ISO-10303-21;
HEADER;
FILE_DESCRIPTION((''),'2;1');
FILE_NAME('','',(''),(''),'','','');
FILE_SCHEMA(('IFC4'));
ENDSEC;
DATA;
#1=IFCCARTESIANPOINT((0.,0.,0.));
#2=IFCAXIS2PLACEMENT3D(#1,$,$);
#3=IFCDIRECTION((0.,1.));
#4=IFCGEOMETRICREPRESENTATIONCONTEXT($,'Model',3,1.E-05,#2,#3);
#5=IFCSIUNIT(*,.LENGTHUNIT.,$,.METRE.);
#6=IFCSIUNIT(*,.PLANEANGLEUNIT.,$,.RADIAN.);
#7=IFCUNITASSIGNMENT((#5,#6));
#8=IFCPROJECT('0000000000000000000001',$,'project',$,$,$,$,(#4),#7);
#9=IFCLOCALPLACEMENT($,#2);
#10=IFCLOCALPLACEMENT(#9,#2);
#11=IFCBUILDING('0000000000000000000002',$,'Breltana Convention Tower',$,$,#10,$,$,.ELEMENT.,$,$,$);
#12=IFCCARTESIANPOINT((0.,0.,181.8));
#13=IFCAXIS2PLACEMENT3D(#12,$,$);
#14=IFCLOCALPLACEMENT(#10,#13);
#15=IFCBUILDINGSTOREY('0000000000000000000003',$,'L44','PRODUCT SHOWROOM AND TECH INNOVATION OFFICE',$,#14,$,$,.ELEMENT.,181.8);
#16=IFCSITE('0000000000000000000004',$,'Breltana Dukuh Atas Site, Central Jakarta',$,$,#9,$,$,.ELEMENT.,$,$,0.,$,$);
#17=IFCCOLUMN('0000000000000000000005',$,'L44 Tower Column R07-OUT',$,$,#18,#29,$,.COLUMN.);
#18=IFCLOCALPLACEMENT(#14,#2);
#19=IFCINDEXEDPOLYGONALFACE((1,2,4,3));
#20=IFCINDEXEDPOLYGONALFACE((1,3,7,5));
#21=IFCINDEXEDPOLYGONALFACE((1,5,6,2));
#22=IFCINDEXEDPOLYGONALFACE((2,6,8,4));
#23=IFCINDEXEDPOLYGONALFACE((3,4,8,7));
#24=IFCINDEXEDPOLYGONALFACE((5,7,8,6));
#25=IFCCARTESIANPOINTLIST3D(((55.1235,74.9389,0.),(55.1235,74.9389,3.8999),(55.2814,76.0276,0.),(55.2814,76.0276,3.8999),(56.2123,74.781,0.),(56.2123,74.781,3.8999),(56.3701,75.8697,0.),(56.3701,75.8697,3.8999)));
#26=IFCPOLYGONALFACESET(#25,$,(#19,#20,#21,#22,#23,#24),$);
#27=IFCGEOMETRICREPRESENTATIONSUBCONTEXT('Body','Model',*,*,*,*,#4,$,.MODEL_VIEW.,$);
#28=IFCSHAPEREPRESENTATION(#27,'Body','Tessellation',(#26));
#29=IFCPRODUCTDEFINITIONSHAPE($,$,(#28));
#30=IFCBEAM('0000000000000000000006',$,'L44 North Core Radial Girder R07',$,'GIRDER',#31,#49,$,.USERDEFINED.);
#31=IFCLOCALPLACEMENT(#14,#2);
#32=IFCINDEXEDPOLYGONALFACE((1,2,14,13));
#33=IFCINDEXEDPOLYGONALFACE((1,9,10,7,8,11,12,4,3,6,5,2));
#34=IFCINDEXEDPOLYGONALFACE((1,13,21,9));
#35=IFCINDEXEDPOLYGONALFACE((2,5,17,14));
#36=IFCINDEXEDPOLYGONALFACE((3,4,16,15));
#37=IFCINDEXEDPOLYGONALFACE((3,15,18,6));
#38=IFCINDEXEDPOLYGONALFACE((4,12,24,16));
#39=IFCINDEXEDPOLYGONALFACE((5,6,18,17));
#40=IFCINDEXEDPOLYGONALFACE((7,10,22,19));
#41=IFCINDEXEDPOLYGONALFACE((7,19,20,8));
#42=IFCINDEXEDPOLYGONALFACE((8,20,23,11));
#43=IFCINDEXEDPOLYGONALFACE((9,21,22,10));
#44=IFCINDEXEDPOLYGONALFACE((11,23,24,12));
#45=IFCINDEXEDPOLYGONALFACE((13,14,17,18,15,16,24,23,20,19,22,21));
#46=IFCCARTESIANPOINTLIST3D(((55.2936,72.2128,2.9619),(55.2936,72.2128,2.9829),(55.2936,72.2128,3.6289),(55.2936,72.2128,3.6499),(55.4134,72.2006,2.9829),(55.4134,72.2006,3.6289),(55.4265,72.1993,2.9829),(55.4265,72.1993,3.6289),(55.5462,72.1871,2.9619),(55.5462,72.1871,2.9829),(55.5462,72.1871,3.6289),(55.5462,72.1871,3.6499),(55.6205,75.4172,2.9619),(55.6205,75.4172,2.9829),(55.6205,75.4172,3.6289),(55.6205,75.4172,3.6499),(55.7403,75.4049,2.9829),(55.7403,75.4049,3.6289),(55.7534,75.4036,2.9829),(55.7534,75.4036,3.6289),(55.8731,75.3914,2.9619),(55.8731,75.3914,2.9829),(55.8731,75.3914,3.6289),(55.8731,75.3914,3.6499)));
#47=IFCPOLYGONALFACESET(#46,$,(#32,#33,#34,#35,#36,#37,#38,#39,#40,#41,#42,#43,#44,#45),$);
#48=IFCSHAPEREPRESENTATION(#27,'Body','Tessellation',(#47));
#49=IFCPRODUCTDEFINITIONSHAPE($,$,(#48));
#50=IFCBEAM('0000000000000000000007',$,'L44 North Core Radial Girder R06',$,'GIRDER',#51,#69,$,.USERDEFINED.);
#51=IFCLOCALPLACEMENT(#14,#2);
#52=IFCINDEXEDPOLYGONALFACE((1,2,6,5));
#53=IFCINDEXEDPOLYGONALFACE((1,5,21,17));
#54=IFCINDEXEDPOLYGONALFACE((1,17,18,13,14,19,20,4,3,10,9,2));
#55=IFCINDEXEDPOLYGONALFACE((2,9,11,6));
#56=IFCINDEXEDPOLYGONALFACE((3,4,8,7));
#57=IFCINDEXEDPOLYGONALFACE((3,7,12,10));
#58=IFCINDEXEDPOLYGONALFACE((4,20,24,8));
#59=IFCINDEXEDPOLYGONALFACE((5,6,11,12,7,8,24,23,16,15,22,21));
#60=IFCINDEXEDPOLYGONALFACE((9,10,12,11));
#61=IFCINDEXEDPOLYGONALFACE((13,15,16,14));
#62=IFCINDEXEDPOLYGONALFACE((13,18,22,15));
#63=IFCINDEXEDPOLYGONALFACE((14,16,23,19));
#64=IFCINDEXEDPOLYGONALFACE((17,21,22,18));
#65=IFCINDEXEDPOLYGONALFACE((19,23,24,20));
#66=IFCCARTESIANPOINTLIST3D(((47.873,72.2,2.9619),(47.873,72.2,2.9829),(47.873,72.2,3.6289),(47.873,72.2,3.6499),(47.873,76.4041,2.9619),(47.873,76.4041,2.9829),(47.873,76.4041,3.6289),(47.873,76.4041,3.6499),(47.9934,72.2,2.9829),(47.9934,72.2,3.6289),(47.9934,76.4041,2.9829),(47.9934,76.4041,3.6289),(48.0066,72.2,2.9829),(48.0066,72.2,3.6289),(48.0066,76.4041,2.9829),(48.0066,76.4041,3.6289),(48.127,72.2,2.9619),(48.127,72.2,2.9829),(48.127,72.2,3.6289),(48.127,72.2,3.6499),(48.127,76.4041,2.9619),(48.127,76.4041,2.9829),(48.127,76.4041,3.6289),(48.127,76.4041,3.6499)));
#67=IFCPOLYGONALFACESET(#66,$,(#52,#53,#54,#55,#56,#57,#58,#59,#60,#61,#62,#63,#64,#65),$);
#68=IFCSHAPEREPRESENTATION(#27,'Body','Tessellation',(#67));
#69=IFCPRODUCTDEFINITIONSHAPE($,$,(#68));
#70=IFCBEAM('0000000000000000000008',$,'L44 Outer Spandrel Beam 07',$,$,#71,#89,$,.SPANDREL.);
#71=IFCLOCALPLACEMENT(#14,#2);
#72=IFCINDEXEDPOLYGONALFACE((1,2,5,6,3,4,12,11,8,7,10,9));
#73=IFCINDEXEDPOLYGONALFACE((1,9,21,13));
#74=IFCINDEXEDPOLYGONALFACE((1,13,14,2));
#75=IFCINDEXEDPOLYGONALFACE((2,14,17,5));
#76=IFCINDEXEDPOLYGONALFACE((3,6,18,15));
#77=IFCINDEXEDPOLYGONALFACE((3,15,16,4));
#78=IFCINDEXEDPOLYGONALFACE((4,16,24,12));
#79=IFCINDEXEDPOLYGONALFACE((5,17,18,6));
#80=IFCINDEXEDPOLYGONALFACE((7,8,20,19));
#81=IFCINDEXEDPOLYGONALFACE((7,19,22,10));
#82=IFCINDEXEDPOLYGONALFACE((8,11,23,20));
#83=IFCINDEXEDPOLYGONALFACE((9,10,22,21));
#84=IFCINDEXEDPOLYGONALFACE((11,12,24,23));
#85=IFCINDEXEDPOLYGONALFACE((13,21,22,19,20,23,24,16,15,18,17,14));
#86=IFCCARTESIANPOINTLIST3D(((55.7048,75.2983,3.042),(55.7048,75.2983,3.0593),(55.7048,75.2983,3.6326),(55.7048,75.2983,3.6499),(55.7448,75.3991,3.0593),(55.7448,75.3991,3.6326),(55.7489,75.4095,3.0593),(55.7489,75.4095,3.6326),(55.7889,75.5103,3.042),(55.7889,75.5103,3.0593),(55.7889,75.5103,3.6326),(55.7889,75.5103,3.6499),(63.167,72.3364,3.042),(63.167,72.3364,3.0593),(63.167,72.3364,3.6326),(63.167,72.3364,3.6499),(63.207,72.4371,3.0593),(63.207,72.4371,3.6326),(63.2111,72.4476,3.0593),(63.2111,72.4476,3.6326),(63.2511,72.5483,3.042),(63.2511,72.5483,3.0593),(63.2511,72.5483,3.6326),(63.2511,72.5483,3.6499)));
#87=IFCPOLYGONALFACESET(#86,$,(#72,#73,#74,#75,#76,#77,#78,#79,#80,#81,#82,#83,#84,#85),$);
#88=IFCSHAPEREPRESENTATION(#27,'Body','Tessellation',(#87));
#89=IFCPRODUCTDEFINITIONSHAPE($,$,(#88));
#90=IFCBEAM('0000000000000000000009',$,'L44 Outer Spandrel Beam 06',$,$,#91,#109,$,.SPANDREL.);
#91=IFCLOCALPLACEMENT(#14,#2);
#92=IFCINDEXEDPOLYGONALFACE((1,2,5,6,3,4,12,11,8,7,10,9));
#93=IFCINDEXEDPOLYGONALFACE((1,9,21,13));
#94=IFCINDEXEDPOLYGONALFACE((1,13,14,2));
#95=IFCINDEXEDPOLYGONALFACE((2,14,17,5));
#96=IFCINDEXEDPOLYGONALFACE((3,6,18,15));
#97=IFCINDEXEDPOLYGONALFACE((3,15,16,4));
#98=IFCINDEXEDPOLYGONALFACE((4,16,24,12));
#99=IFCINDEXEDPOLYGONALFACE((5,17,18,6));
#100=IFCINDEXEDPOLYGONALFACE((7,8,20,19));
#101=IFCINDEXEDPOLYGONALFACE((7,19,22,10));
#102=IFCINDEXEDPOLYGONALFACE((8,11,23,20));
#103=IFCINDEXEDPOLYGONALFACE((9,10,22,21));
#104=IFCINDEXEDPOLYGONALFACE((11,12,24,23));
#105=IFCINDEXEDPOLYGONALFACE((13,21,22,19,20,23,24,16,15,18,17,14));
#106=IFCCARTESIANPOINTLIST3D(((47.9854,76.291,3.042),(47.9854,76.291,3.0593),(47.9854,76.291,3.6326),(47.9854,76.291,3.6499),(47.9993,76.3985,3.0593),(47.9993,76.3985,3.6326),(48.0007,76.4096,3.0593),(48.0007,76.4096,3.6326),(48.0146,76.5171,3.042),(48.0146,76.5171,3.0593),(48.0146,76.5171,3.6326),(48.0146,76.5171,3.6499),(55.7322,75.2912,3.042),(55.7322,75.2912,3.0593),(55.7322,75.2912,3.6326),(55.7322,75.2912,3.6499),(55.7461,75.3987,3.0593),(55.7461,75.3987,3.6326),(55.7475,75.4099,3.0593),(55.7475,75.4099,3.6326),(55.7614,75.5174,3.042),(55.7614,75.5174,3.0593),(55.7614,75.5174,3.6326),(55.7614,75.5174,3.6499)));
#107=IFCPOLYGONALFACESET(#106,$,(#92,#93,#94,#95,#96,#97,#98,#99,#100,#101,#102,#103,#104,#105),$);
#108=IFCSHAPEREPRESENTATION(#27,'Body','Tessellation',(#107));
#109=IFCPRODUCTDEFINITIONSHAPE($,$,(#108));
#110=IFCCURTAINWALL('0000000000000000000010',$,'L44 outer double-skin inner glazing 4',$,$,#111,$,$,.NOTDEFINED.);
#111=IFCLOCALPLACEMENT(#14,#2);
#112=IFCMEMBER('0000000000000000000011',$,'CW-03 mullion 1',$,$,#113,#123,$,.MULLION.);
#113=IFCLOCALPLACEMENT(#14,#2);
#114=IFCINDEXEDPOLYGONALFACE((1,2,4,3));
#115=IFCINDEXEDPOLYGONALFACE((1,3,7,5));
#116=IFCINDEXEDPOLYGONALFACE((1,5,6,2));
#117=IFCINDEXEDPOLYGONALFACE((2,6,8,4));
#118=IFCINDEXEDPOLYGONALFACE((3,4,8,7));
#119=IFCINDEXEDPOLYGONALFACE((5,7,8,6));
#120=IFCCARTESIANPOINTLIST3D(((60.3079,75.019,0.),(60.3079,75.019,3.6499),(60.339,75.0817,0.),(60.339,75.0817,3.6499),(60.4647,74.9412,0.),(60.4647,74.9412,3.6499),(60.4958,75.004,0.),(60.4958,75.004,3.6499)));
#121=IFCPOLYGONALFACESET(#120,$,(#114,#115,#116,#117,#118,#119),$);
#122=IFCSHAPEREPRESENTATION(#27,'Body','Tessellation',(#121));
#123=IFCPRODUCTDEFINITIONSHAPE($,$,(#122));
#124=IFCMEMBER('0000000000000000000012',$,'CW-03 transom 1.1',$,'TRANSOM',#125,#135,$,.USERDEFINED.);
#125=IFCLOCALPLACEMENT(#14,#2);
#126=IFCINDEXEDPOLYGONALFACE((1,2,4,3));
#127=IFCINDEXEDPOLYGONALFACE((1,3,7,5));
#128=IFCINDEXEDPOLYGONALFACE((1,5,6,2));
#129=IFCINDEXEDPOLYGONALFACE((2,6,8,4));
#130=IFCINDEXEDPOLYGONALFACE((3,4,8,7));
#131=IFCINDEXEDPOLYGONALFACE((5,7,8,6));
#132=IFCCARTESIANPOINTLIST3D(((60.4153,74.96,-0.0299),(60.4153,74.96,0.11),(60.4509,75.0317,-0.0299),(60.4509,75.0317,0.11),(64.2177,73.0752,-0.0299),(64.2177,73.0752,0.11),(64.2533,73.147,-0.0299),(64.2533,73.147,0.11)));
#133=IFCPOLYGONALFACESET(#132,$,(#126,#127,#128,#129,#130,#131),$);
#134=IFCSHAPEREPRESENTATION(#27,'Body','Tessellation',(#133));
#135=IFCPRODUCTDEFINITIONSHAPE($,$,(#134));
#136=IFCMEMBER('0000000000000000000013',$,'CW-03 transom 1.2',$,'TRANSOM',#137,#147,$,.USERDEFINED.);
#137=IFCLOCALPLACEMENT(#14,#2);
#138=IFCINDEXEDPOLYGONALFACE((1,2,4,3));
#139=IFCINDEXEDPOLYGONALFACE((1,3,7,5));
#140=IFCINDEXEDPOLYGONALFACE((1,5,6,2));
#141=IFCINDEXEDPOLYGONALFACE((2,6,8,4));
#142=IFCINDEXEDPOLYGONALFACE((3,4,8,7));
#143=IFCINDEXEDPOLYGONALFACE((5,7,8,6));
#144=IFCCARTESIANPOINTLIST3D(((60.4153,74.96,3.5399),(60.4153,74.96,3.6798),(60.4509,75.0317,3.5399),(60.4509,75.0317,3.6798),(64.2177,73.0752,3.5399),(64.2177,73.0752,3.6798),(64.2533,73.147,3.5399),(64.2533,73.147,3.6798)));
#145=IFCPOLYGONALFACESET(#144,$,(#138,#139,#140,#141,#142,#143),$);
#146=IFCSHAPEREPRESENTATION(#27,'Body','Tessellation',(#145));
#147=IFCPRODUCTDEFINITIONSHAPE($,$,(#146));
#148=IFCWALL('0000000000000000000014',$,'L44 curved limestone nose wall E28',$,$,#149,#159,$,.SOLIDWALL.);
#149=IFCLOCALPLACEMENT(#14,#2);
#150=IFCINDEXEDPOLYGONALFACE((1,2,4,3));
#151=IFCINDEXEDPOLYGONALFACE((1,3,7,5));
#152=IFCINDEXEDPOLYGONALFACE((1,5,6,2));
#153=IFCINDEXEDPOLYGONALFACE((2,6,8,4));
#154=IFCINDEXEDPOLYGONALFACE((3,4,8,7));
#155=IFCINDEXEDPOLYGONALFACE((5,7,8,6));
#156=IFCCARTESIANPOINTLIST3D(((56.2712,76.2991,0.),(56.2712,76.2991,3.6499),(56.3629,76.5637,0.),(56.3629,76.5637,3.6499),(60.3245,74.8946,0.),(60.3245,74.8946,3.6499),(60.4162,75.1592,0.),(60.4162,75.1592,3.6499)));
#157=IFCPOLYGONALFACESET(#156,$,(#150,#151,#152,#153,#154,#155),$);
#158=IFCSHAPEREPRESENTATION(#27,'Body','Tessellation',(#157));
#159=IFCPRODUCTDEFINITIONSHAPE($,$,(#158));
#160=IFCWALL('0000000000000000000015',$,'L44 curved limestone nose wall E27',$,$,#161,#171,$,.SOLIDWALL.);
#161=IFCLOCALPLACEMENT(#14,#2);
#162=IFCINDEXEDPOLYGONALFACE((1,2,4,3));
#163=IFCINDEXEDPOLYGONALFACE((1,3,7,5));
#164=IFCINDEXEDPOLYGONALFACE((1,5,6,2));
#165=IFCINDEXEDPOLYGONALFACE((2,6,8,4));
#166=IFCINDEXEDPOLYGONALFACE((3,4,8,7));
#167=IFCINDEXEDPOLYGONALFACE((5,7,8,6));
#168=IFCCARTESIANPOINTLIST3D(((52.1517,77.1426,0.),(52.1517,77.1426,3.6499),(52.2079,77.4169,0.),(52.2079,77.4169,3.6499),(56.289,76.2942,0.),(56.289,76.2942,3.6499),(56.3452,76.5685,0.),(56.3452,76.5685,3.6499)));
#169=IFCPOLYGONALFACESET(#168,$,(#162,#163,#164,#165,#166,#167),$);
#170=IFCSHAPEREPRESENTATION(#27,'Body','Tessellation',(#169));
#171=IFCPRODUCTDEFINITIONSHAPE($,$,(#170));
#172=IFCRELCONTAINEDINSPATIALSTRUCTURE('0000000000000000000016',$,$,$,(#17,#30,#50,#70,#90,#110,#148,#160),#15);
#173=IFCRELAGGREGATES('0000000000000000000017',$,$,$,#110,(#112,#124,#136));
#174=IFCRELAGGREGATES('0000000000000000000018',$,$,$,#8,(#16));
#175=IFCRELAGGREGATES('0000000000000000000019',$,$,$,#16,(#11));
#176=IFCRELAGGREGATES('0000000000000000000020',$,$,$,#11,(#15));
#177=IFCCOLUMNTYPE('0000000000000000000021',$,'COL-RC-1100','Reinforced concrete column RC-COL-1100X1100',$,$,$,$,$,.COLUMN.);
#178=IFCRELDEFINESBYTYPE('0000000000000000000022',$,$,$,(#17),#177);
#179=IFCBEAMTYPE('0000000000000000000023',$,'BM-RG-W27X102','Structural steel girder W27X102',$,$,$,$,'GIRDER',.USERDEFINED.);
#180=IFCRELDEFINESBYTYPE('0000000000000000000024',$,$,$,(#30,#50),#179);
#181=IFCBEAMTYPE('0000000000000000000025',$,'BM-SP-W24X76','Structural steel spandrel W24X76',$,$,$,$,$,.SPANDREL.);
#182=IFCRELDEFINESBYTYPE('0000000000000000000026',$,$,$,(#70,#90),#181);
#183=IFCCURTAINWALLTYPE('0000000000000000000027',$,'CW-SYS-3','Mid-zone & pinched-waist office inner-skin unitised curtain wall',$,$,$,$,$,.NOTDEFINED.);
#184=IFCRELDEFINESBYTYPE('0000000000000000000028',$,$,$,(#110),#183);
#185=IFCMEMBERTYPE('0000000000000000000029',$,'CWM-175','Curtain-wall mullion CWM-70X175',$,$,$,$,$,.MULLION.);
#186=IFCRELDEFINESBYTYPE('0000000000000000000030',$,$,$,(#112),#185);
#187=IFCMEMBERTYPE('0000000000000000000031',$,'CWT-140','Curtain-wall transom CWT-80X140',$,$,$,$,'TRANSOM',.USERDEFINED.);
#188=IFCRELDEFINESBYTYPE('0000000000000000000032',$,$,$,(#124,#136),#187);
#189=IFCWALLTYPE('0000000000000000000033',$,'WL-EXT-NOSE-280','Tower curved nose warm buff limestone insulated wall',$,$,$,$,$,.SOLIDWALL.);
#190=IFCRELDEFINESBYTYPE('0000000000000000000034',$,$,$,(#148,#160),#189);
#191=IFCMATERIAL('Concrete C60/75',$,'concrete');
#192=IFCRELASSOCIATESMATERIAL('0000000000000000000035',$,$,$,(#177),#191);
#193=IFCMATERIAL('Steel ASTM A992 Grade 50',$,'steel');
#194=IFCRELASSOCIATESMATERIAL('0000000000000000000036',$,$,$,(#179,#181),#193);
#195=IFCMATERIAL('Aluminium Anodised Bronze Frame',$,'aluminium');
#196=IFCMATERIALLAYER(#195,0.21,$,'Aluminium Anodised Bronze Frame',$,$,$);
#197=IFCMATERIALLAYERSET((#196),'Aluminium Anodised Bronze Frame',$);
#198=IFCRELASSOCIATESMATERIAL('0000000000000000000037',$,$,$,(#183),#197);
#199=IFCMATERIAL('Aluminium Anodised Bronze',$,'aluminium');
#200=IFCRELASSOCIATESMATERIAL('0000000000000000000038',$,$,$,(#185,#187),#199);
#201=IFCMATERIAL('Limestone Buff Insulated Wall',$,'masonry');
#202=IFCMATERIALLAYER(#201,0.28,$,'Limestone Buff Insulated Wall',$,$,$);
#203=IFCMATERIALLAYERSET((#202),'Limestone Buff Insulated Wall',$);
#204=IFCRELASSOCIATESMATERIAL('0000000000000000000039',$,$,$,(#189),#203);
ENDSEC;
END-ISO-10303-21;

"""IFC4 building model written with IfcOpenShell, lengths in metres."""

from ifc_helpers import new_model, si_unit, direction, frame, frame_2d, origin, origin_2d, place, context, subcontext, project, spatial, rectangle, i_section, extrude, source, transform, mapped, material, layer, layer_set, material_profile, profile_set, type_object, element, aggregate, save


model = new_model("IFC4")

# Units and contexts
model_context = context("Model", 3, precision=1e-05, world=origin(), true_north=direction((0.0, 1.0)))
body_context = subcontext(model_context, "Body", "Model", "MODEL_VIEW")
ifc_project = project(units=[si_unit("LENGTHUNIT", "METRE"), si_unit("PLANEANGLEUNIT", "RADIAN")], contexts=[model_context])

# Site, building, storey
site_placement = place(None, origin())
site = spatial("IfcSite", under=ifc_project, at=site_placement, Name="Breltana Dukuh Atas Site, Central Jakarta", CompositionType="ELEMENT", RefElevation=0.0)
building_placement = place(site_placement, origin())
building = spatial("IfcBuilding", under=site, at=building_placement, Name="Breltana Convention Tower", CompositionType="ELEMENT")
storey_placement = place(building_placement, frame((0.0, 0.0, 181.8)))
storey = spatial("IfcBuildingStorey", under=building, at=storey_placement, Name="L44", Description="PRODUCT SHOWROOM AND TECH INNOVATION OFFICE", CompositionType="ELEMENT", Elevation=181.8)

# Column
ifc_material_1 = material(Name="Concrete C60/75", Category="concrete")
ifc_material_profile_1 = material_profile(ifc_material_1, rectangle(XDim=1.1001, YDim=1.1001, at=origin_2d()), Name="RC-COL-1100X1100")
ifc_profile_set_1 = profile_set([ifc_material_profile_1], Name="Concrete C60/75")
column_type = type_object("IfcColumnType", Name="COL-RC-1100", Description="Reinforced concrete column RC-COL-1100X1100", PredefinedType="COLUMN", material=ifc_profile_set_1)
shared_shape_1 = source(origin(), body_context, "Body", "SweptSolid", [
    extrude(rectangle(XDim=1.1001, YDim=1.1001, at=origin_2d()), origin(), (0.0, 0.0, 1.0), 3.8999),
])
column_placement = place(storey_placement, frame((55.7468, 75.4043, 0.0), z_axis=(0.0, 0.0, 1.0), x_axis=(0.143493, 0.989651, 0.0)))
element("IfcColumn", 1, at=column_placement, inside=storey, type_object=column_type, Name="L44 Tower Column R07-OUT", PredefinedType="COLUMN", context=body_context, shape_type="MappedRepresentation", body=[
    mapped(shared_shape_1, transform((0.0, 0.0, 0.0), scale=1.0)),
])

# Beams
ifc_material_2 = material(Name="Steel ASTM A992 Grade 50", Category="steel")
ifc_material_profile_2 = material_profile(ifc_material_2, i_section(OverallWidth=0.2539, OverallDepth=0.688, WebThickness=0.0132, FlangeThickness=0.021, at=origin_2d()), Name="W27X102")
ifc_profile_set_2 = profile_set([ifc_material_profile_2], Name="Steel ASTM A992 Grade 50")
beam_type_1 = type_object("IfcBeamType", Name="BM-RG-W27X102", Description="Structural steel girder W27X102", ElementType="GIRDER", PredefinedType="USERDEFINED", material=ifc_profile_set_2)
shared_shape_2 = source(origin(), body_context, "Body", "SweptSolid", [
    extrude(i_section(OverallWidth=0.2539, OverallDepth=0.688, WebThickness=0.0132, FlangeThickness=0.021, at=origin_2d()), origin(), (0.0, 0.0, 1.0), 3.2209),
])
beam_1_placement = place(storey_placement, frame((55.4199, 72.2, 3.3059), z_axis=(0.101492, 0.994836, 0.0), x_axis=(-0.994836, 0.101492, 0.0)))
element("IfcBeam", 2, at=beam_1_placement, inside=storey, type_object=beam_type_1, Name="L44 North Core Radial Girder R07", ObjectType="GIRDER", PredefinedType="USERDEFINED", context=body_context, shape_type="MappedRepresentation", body=[
    mapped(shared_shape_2, transform((0.0, 0.0, 0.0), scale=1.0)),
])
shared_shape_3 = source(origin(), body_context, "Body", "SweptSolid", [
    extrude(i_section(OverallWidth=0.2539, OverallDepth=0.688, WebThickness=0.0132, FlangeThickness=0.021, at=origin_2d()), origin(), (0.0, 0.0, 1.0), 4.2041),
])
beam_2_placement = place(storey_placement, frame((48.0, 72.2, 3.3059), z_axis=(0.0, 1.0, 0.0), x_axis=(-1.0, 0.0, 0.0)))
element("IfcBeam", 3, at=beam_2_placement, inside=storey, type_object=beam_type_1, Name="L44 North Core Radial Girder R06", ObjectType="GIRDER", PredefinedType="USERDEFINED", context=body_context, shape_type="MappedRepresentation", body=[
    mapped(shared_shape_3, transform((0.0, 0.0, 0.0), scale=1.0)),
])
ifc_material_profile_3 = material_profile(ifc_material_2, i_section(OverallWidth=0.228, OverallDepth=0.6079, WebThickness=0.0112, FlangeThickness=0.0173, at=origin_2d()), Name="W24X76")
ifc_profile_set_3 = profile_set([ifc_material_profile_3], Name="Steel ASTM A992 Grade 50")
beam_type_2 = type_object("IfcBeamType", Name="BM-SP-W24X76", Description="Structural steel spandrel W24X76", PredefinedType="SPANDREL", material=ifc_profile_set_3)
shared_shape_4 = source(origin(), body_context, "Body", "SweptSolid", [
    extrude(i_section(OverallWidth=0.228, OverallDepth=0.6079, WebThickness=0.0112, FlangeThickness=0.0173, at=origin_2d()), origin(), (0.0, 0.0, 1.0), 8.0286),
])
beam_3_placement = place(storey_placement, frame((55.7468, 75.4043, 3.3459), z_axis=(0.929459, -0.368925, 0.0), x_axis=(0.368925, 0.929459, 0.0)))
element("IfcBeam", 4, at=beam_3_placement, inside=storey, type_object=beam_type_2, Name="L44 Outer Spandrel Beam 07", PredefinedType="SPANDREL", context=body_context, shape_type="MappedRepresentation", body=[
    mapped(shared_shape_4, transform((0.0, 0.0, 0.0), scale=1.0)),
])
shared_shape_5 = source(origin(), body_context, "Body", "SweptSolid", [
    extrude(i_section(OverallWidth=0.228, OverallDepth=0.6079, WebThickness=0.0112, FlangeThickness=0.0173, at=origin_2d()), origin(), (0.0, 0.0, 1.0), 7.811),
])
beam_4_placement = place(storey_placement, frame((48.0, 76.4041, 3.3459), z_axis=(0.991775, -0.127992, 0.0), x_axis=(0.127992, 0.991775, 0.0)))
element("IfcBeam", 5, at=beam_4_placement, inside=storey, type_object=beam_type_2, Name="L44 Outer Spandrel Beam 06", PredefinedType="SPANDREL", context=body_context, shape_type="MappedRepresentation", body=[
    mapped(shared_shape_5, transform((0.0, 0.0, 0.0), scale=1.0)),
])

# Curtain wall, members
ifc_material_3 = material(Name="Aluminium Anodised Bronze Frame", Category="aluminium")
ifc_layer_1 = layer(ifc_material_3, 0.21, Name="Aluminium Anodised Bronze Frame")
ifc_layer_set_1 = layer_set([ifc_layer_1], Name="Aluminium Anodised Bronze Frame")
curtain_wall_type = type_object("IfcCurtainWallType", Name="CW-SYS-3", Description="Mid-zone & pinched-waist office inner-skin unitised curtain wall", PredefinedType="NOTDEFINED", material=ifc_layer_set_1)
curtain_wall_placement = place(storey_placement, origin())
curtain_wall = element("IfcCurtainWall", 6, at=curtain_wall_placement, inside=storey, type_object=curtain_wall_type, Name="L44 outer double-skin inner glazing 4", PredefinedType="NOTDEFINED")
ifc_material_4 = material(Name="Aluminium Anodised Bronze", Category="aluminium")
ifc_material_profile_4 = material_profile(ifc_material_4, rectangle(XDim=0.0701, YDim=0.175, at=origin_2d()), Name="CWM-70X175")
ifc_profile_set_4 = profile_set([ifc_material_profile_4], Name="Aluminium Anodised Bronze")
member_type_1 = type_object("IfcMemberType", Name="CWM-175", Description="Curtain-wall mullion CWM-70X175", PredefinedType="MULLION", material=ifc_profile_set_4)
shared_shape_6 = source(origin(), body_context, "Body", "SweptSolid", [
    extrude(rectangle(XDim=0.0701, YDim=0.175, at=origin_2d()), origin(), (0.0, 0.0, 1.0), 3.6499),
])
member_1_placement = place(storey_placement, frame((60.4019, 75.0115, 0.0), z_axis=(0.0, 0.0, 1.0), x_axis=(0.444118, 0.895968, 0.0)))
member_1 = element("IfcMember", 7, at=member_1_placement, type_object=member_type_1, Name="CW-03 mullion 1", PredefinedType="MULLION", context=body_context, shape_type="MappedRepresentation", body=[
    mapped(shared_shape_6, transform((0.0, 0.0, 0.0), scale=1.0)),
])
ifc_material_profile_5 = material_profile(ifc_material_4, rectangle(XDim=0.0801, YDim=0.1399, at=origin_2d()), Name="CWT-80X140")
ifc_profile_set_5 = profile_set([ifc_material_profile_5], Name="Aluminium Anodised Bronze")
member_type_2 = type_object("IfcMemberType", Name="CWT-140", Description="Curtain-wall transom CWT-80X140", ElementType="TRANSOM", PredefinedType="USERDEFINED", material=ifc_profile_set_5)
shared_shape_7 = source(origin(), body_context, "Body", "SweptSolid", [
    extrude(rectangle(XDim=0.0801, YDim=0.1399, at=origin_2d()), origin(), (0.0, 0.0, 1.0), 4.2439),
])
member_2_placement = place(storey_placement, frame((60.4331, 74.9958, 0.04), z_axis=(0.895975, -0.444104, 0.0), x_axis=(0.444104, 0.895975, 0.0)))
member_2 = element("IfcMember", 8, at=member_2_placement, type_object=member_type_2, Name="CW-03 transom 1.1", ObjectType="TRANSOM", PredefinedType="USERDEFINED", context=body_context, shape_type="MappedRepresentation", body=[
    mapped(shared_shape_7, transform((0.0, 0.0, 0.0), scale=1.0)),
])
member_3_placement = place(storey_placement, frame((60.4331, 74.9958, 3.6099), z_axis=(0.895975, -0.444104, 0.0), x_axis=(0.444104, 0.895975, 0.0)))
member_3 = element("IfcMember", 9, at=member_3_placement, type_object=member_type_2, Name="CW-03 transom 1.2", ObjectType="TRANSOM", PredefinedType="USERDEFINED", context=body_context, shape_type="MappedRepresentation", body=[
    mapped(shared_shape_7, transform((0.0, 0.0, 0.0), scale=1.0)),
])
aggregate(curtain_wall, [member_1, member_2, member_3])

# Walls
ifc_material_5 = material(Name="Limestone Buff Insulated Wall", Category="masonry")
ifc_layer_2 = layer(ifc_material_5, 0.28, Name="Limestone Buff Insulated Wall")
ifc_layer_set_2 = layer_set([ifc_layer_2], Name="Limestone Buff Insulated Wall")
wall_type_1 = type_object("IfcWallType", Name="WL-EXT-NOSE-280", Description="Tower curved nose warm buff limestone insulated wall", PredefinedType="SOLIDWALL", material=ifc_layer_set_2)
shared_shape_8 = source(origin(), body_context, "Body", "SweptSolid", [
    extrude(rectangle(XDim=4.2898, YDim=0.28, at=frame_2d((2.145, 0.0))), origin(), (0.0, 0.0, 1.0), 3.6499),
])
wall_1_placement = place(storey_placement, frame((56.3169, 76.4314, 0.0), z_axis=(0.0, 0.0, 1.0), x_axis=(0.944884, -0.327406, 0.0)))
element("IfcWall", 10, at=wall_1_placement, inside=storey, type_object=wall_type_1, Name="L44 curved limestone nose wall E28", PredefinedType="SOLIDWALL", context=body_context, shape_type="MappedRepresentation", body=[
    mapped(shared_shape_8, transform((0.0, 0.0, 0.0), scale=1.0)),
])
shared_shape_9 = source(origin(), body_context, "Body", "SweptSolid", [
    extrude(rectangle(XDim=4.2234, YDim=0.28, at=frame_2d((2.1118, 0.0))), origin(), (0.0, 0.0, 1.0), 3.6499),
])
wall_2_placement = place(storey_placement, frame((52.1797, 77.2798, 0.0), z_axis=(0.0, 0.0, 1.0), x_axis=(0.979615, -0.200883, 0.0)))
element("IfcWall", 11, at=wall_2_placement, inside=storey, type_object=wall_type_1, Name="L44 curved limestone nose wall E27", PredefinedType="SOLIDWALL", context=body_context, shape_type="MappedRepresentation", body=[
    mapped(shared_shape_9, transform((0.0, 0.0, 0.0), scale=1.0)),
])

save(model, "model.ifc")
